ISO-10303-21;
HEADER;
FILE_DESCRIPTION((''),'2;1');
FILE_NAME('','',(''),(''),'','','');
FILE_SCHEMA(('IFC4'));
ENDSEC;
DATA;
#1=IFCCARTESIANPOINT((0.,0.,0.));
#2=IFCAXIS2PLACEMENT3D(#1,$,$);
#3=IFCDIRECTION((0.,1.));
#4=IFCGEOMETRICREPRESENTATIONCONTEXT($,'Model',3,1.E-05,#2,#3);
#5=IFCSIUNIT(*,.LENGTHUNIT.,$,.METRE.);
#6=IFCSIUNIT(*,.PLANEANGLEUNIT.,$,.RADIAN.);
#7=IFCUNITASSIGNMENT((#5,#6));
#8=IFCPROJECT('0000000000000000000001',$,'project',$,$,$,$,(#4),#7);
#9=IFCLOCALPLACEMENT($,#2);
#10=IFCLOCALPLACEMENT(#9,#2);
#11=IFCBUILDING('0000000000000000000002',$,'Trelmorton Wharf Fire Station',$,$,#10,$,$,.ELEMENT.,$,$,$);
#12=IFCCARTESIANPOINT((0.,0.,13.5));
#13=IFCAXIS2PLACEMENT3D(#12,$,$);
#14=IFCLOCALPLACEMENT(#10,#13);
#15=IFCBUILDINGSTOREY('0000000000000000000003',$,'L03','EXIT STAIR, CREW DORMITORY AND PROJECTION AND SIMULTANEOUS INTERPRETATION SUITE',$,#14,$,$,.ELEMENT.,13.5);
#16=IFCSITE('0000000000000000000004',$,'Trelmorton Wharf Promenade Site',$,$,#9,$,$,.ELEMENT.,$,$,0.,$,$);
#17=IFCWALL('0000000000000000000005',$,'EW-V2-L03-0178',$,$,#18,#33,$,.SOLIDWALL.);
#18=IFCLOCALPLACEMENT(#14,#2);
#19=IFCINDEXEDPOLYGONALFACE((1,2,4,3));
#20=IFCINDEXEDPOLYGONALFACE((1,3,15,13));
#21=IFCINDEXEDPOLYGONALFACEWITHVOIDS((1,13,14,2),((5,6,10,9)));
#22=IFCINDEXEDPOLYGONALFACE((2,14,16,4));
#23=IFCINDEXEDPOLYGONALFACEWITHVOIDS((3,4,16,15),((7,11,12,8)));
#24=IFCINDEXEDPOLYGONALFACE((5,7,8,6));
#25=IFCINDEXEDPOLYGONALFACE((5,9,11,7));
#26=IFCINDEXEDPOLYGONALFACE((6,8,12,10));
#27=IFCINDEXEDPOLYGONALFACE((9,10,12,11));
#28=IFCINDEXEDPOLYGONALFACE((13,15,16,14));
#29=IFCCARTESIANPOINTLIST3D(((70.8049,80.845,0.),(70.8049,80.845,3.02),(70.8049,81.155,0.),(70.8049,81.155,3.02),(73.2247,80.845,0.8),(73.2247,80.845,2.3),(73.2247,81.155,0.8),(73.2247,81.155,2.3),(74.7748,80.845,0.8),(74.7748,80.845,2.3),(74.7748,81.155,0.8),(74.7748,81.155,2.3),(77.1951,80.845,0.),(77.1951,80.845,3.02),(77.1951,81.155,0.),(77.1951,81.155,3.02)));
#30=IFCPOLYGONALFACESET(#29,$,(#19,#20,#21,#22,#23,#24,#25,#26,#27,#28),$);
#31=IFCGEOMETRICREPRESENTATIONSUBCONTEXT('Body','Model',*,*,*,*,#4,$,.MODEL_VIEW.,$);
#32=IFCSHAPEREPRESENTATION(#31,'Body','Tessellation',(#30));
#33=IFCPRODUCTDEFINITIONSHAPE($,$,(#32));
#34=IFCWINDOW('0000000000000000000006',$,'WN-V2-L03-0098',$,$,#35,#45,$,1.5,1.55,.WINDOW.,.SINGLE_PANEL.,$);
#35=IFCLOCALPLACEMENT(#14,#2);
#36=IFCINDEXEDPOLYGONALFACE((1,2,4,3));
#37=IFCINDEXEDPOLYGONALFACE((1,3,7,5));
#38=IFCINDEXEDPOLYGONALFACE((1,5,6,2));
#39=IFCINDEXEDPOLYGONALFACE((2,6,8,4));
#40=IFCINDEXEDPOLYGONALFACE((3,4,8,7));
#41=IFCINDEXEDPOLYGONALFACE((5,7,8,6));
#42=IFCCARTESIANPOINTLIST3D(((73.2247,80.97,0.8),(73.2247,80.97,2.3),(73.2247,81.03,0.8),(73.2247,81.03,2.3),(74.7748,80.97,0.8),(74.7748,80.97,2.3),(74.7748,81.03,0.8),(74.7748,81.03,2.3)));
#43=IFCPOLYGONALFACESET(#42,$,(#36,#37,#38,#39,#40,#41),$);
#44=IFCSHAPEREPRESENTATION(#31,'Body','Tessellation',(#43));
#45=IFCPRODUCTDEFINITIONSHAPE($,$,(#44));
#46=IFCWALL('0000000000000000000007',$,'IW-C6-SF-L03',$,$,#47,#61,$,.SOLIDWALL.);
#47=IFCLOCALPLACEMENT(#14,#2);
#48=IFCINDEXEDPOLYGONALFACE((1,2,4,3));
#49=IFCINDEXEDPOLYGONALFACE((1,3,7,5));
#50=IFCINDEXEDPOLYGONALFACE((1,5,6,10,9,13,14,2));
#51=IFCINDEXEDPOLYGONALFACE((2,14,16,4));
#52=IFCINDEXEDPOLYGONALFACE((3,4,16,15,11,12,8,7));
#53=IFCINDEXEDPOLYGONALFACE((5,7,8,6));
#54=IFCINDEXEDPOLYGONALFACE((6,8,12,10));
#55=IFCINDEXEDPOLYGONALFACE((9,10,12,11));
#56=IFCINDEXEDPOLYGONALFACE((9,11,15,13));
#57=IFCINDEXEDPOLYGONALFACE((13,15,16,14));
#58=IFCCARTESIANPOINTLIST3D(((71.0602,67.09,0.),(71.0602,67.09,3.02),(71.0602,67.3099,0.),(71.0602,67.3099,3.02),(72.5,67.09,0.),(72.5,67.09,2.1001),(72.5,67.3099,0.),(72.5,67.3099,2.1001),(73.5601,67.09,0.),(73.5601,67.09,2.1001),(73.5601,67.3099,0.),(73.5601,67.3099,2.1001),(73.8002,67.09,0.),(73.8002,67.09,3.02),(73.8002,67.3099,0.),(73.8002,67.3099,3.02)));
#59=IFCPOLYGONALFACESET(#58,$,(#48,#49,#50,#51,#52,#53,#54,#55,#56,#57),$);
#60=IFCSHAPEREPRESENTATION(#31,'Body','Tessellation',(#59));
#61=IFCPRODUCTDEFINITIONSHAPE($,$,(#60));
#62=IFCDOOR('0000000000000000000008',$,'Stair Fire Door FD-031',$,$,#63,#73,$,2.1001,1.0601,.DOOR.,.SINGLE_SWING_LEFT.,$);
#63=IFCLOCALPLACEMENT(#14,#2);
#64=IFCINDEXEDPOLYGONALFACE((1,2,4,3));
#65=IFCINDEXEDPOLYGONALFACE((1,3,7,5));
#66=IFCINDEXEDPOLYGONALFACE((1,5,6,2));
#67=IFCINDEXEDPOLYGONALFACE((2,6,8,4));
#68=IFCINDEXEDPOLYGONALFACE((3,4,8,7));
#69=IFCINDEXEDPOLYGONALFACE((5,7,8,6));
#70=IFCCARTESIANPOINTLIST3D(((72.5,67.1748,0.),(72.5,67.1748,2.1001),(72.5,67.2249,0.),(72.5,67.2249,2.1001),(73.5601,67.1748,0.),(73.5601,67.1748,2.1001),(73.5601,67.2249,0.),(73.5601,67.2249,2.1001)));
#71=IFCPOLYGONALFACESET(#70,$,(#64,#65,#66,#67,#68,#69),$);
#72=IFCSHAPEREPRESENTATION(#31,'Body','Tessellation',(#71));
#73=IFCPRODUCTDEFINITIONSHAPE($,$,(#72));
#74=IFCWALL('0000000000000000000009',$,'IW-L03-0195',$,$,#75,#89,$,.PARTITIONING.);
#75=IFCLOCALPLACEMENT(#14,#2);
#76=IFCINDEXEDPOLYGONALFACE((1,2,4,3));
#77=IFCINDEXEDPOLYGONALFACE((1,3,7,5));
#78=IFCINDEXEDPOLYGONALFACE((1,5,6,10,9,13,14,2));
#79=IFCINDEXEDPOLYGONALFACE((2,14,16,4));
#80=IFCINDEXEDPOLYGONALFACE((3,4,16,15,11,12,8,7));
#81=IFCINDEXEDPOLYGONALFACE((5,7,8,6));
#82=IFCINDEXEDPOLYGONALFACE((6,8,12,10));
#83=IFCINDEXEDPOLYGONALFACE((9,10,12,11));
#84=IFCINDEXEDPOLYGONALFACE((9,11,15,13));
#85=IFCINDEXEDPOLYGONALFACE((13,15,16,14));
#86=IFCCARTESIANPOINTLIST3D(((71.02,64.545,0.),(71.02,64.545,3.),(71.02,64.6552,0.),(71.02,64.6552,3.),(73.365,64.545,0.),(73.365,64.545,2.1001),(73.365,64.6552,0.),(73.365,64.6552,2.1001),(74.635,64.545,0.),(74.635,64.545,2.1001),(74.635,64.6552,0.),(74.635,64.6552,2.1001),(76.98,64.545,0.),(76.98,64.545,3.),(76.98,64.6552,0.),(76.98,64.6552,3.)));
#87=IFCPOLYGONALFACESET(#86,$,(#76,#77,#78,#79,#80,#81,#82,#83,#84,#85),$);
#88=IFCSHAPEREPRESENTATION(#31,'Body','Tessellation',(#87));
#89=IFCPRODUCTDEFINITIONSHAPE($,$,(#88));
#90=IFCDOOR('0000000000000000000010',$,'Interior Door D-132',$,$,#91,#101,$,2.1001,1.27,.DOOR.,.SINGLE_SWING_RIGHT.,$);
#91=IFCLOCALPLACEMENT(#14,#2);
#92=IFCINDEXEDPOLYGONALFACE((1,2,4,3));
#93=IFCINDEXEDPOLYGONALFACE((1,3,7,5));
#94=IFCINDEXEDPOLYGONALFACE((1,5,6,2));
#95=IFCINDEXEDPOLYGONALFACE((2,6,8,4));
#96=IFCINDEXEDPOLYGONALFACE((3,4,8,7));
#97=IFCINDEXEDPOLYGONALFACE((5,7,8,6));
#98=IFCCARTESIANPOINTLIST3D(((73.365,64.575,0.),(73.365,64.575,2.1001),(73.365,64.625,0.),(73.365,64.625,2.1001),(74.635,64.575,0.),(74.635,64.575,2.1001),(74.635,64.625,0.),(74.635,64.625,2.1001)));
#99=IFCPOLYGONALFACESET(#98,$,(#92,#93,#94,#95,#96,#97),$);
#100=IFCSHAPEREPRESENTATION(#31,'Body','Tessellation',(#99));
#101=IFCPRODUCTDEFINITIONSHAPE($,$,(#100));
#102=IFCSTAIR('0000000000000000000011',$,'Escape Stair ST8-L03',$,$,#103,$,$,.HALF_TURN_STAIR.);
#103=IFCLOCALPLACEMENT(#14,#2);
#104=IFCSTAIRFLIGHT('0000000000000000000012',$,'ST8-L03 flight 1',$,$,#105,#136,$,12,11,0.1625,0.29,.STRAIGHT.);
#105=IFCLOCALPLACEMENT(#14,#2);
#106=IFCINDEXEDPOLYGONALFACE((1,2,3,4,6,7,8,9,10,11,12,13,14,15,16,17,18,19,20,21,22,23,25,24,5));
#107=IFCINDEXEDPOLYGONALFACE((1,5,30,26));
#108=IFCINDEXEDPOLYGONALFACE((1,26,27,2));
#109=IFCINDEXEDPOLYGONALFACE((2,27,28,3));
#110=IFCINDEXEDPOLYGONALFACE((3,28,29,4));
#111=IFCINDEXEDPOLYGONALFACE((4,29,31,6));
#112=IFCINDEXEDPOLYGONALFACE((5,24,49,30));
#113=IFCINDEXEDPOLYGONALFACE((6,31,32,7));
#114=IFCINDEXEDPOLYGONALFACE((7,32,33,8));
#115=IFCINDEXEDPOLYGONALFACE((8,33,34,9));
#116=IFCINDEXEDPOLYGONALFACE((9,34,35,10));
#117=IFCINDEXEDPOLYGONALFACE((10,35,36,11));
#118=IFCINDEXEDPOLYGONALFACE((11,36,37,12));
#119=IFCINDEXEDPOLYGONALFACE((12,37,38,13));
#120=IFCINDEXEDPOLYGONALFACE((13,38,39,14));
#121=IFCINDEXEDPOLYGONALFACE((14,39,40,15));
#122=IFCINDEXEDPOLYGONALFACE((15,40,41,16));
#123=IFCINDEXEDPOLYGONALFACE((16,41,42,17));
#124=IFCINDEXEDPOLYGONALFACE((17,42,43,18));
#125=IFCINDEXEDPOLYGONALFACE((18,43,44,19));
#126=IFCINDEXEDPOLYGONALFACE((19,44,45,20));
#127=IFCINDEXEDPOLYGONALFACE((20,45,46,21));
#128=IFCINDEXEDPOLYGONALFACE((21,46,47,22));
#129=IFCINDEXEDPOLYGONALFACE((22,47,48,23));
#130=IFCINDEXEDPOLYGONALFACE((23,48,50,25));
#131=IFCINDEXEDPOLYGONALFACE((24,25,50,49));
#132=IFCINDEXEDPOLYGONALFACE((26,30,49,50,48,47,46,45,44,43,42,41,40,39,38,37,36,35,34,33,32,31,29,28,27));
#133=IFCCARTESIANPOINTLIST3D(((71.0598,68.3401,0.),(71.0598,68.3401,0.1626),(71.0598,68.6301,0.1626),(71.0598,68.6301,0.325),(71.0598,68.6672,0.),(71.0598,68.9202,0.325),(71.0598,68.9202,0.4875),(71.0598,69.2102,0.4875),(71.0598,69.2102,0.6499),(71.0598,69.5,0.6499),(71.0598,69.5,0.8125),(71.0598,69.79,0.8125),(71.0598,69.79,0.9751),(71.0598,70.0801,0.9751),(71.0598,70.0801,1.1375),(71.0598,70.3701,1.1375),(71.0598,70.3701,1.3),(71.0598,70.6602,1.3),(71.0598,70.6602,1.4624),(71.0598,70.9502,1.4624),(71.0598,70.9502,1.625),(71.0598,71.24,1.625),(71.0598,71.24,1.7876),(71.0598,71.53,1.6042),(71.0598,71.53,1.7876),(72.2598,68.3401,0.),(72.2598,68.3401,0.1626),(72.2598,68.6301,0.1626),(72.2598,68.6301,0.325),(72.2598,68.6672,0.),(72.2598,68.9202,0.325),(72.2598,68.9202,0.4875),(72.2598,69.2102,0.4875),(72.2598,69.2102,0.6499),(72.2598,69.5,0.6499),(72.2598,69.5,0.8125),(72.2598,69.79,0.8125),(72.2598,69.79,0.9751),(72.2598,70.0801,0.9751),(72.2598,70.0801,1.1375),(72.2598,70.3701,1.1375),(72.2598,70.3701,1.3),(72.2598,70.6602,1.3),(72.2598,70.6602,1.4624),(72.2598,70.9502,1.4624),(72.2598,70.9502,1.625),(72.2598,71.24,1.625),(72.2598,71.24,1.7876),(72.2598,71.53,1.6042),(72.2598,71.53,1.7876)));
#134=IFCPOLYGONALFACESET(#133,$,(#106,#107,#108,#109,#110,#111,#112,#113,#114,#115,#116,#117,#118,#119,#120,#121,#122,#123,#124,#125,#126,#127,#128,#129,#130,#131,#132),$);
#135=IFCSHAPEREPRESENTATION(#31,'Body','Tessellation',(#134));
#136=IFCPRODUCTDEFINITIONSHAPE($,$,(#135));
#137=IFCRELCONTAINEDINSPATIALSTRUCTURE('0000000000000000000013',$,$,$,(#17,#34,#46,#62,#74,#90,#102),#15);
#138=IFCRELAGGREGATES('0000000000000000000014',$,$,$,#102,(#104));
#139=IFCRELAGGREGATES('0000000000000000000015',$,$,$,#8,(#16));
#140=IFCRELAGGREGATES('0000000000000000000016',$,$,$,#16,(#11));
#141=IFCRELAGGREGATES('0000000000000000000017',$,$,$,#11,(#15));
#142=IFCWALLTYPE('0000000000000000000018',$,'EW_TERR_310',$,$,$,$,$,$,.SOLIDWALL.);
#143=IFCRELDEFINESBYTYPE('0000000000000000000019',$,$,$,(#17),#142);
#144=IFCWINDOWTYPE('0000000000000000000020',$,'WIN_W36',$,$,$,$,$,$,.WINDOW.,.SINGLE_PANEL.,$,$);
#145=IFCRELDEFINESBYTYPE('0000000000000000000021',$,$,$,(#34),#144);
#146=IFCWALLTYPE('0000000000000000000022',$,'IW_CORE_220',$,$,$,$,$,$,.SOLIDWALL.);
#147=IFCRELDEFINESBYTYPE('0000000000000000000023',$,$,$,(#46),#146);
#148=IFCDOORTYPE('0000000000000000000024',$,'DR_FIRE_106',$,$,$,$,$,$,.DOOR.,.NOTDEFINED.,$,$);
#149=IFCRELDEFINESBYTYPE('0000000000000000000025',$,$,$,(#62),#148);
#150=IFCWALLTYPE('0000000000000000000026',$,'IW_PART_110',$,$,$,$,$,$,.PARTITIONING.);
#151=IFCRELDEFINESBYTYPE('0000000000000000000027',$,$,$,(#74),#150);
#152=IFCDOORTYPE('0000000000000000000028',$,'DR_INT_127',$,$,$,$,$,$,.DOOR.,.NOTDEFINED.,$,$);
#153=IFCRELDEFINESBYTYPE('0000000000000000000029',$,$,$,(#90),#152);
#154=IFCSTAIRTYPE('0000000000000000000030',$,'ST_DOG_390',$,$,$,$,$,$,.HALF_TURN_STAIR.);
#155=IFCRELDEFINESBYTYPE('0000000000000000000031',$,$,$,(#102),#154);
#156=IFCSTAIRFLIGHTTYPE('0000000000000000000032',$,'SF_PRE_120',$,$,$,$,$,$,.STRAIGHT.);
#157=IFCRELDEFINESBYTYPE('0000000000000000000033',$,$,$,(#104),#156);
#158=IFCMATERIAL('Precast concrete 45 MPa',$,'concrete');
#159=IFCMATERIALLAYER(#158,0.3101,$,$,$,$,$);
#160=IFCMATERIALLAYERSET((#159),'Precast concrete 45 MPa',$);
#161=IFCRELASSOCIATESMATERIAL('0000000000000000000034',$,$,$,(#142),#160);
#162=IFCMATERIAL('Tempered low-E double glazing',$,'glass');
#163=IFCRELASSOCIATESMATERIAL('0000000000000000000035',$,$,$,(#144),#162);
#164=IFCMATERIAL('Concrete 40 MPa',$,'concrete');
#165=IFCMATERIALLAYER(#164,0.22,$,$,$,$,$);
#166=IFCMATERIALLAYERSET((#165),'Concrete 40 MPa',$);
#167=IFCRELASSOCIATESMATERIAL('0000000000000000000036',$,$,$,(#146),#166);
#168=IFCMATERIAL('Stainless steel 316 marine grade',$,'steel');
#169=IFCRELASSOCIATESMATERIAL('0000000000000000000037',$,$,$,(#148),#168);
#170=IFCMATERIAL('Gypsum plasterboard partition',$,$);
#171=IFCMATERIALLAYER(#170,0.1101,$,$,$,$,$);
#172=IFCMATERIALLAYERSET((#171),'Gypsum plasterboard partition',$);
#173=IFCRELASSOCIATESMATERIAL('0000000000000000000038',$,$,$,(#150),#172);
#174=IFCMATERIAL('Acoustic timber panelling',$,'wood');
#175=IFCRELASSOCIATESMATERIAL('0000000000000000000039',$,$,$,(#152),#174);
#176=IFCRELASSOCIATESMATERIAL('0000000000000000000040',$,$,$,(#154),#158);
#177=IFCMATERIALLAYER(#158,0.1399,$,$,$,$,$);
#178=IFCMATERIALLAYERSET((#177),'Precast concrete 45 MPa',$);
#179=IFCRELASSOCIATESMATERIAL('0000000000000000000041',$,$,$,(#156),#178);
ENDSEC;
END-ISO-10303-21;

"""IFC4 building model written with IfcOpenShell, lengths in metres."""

from ifc_helpers import new_model, si_unit, direction, frame, frame_2d, origin, place, context, subcontext, project, spatial, polyline, rectangle, outline, extrude, material, layer, layer_set, type_object, element, fill, aggregate, save


model = new_model("IFC4")

# Units and contexts
model_context = context("Model", 3, precision=1e-05, world=origin(), true_north=direction((0.0, 1.0)))
body_context = subcontext(model_context, "Body", "Model", "MODEL_VIEW")
ifc_project = project(units=[si_unit("LENGTHUNIT", "METRE"), si_unit("PLANEANGLEUNIT", "RADIAN")], contexts=[model_context])

# Site, building, storey
site_placement = place(None, origin())
site = spatial("IfcSite", under=ifc_project, at=site_placement, Name="Trelmorton Wharf Promenade Site", CompositionType="ELEMENT", RefElevation=0.0)
building_placement = place(site_placement, origin())
building = spatial("IfcBuilding", under=site, at=building_placement, Name="Trelmorton Wharf Fire Station", CompositionType="ELEMENT")
storey_placement = place(building_placement, frame((0.0, 0.0, 13.5)))
storey = spatial("IfcBuildingStorey", under=building, at=storey_placement, Name="L03", Description="EXIT STAIR, CREW DORMITORY AND PROJECTION AND SIMULTANEOUS INTERPRETATION SUITE", CompositionType="ELEMENT", Elevation=13.5)

# Shared definitions
ifc_material_1 = material(Name="Tempered low-E double glazing", Category="glass")

# Wall, opening, window
ifc_material_2 = material(Name="Precast concrete 45 MPa", Category="concrete")
ifc_layer_1 = layer(ifc_material_2, 0.3101)
ifc_layer_set_1 = layer_set([ifc_layer_1], Name="Precast concrete 45 MPa")
wall_type_1 = type_object("IfcWallType", Name="EW_TERR_310", PredefinedType="SOLIDWALL", material=ifc_layer_set_1)
wall_1_placement = place(storey_placement, frame((70.8049, 81.0, 0.0), z_axis=(0.0, 0.0, 1.0), x_axis=(1.0, 0.0, 0.0)))
wall_1 = element("IfcWall", 1, at=wall_1_placement, inside=storey, type_object=wall_type_1, Name="EW-V2-L03-0178", PredefinedType="SOLIDWALL", context=body_context, shape_type="SweptSolid", body=[
    extrude(rectangle(XDim=6.3901, YDim=0.3101, at=frame_2d((3.1951, 0.0))), origin(), (0.0, 0.0, 1.0), 3.02),
])
opening_1_placement = place(wall_1_placement, frame((2.4199, 0.0, 0.8)))
opening_1 = element("IfcOpeningElement", 2, at=opening_1_placement, cuts=wall_1, PredefinedType="OPENING", context=body_context, shape_type="SweptSolid", body=[
    extrude(rectangle(XDim=1.55, YDim=1.5, at=frame_2d((0.7749, 0.75))), frame((0.0, 0.165, 0.0), z_axis=(0.0, -1.0, 0.0), x_axis=(1.0, 0.0, 0.0)), (0.0, 0.0, 1.0), 0.3301),
])
window_type = type_object("IfcWindowType", Name="WIN_W36", PartitioningType="SINGLE_PANEL", PredefinedType="WINDOW", material=ifc_material_1)
window_placement = place(opening_1_placement, origin())
window = element("IfcWindow", 3, at=window_placement, inside=storey, type_object=window_type, Name="WN-V2-L03-0098", OverallHeight=1.5, OverallWidth=1.55, PartitioningType="SINGLE_PANEL", PredefinedType="WINDOW", context=body_context, shape_type="SweptSolid", body=[
    extrude(rectangle(XDim=1.55, YDim=1.5, at=frame_2d((0.7749, 0.75))), frame((0.0, 0.03, 0.0), z_axis=(0.0, -1.0, 0.0), x_axis=(1.0, 0.0, 0.0)), (0.0, 0.0, 1.0), 0.0601),
])
fill(opening_1, window)

# Walls, openings, doors
ifc_material_3 = material(Name="Concrete 40 MPa", Category="concrete")
ifc_layer_2 = layer(ifc_material_3, 0.22)
ifc_layer_set_2 = layer_set([ifc_layer_2], Name="Concrete 40 MPa")
wall_type_2 = type_object("IfcWallType", Name="IW_CORE_220", PredefinedType="SOLIDWALL", material=ifc_layer_set_2)
wall_2_placement = place(storey_placement, frame((71.0601, 67.2, 0.0), z_axis=(0.0, 0.0, 1.0), x_axis=(1.0, 0.0, 0.0)))
wall_2 = element("IfcWall", 4, at=wall_2_placement, inside=storey, type_object=wall_type_2, Name="IW-C6-SF-L03", PredefinedType="SOLIDWALL", context=body_context, shape_type="SweptSolid", body=[
    extrude(rectangle(XDim=2.74, YDim=0.22, at=frame_2d((1.3701, 0.0))), origin(), (0.0, 0.0, 1.0), 3.02),
])
opening_2_placement = place(wall_2_placement, frame((1.4399, 0.0, 0.0)))
opening_2 = element("IfcOpeningElement", 5, at=opening_2_placement, cuts=wall_2, PredefinedType="OPENING", context=body_context, shape_type="SweptSolid", body=[
    extrude(rectangle(XDim=1.0601, YDim=2.1001, at=frame_2d((0.53, 1.05))), frame((0.0, 0.1201, 0.0), z_axis=(0.0, -1.0, 0.0), x_axis=(1.0, 0.0, 0.0)), (0.0, 0.0, 1.0), 0.24),
])
ifc_material_4 = material(Name="Stainless steel 316 marine grade", Category="steel")
door_type_1 = type_object("IfcDoorType", Name="DR_FIRE_106", OperationType="NOTDEFINED", PredefinedType="DOOR", material=ifc_material_4)
door_1_placement = place(opening_2_placement, origin())
door_1 = element("IfcDoor", 6, at=door_1_placement, inside=storey, type_object=door_type_1, Name="Stair Fire Door FD-031", OperationType="SINGLE_SWING_LEFT", OverallHeight=2.1001, OverallWidth=1.0601, PredefinedType="DOOR", context=body_context, shape_type="SweptSolid", body=[
    extrude(rectangle(XDim=1.0601, YDim=2.1001, at=frame_2d((0.53, 1.05))), frame((0.0, 0.0249, 0.0), z_axis=(0.0, -1.0, 0.0), x_axis=(1.0, 0.0, 0.0)), (0.0, 0.0, 1.0), 0.05),
])
fill(opening_2, door_1)
ifc_material_5 = material(Name="Gypsum plasterboard partition")
ifc_layer_3 = layer(ifc_material_5, 0.1101)
ifc_layer_set_3 = layer_set([ifc_layer_3], Name="Gypsum plasterboard partition")
wall_type_3 = type_object("IfcWallType", Name="IW_PART_110", PredefinedType="PARTITIONING", material=ifc_layer_set_3)
wall_3_placement = place(storey_placement, frame((71.02, 64.6001, 0.0), z_axis=(0.0, 0.0, 1.0), x_axis=(1.0, 0.0, 0.0)))
wall_3 = element("IfcWall", 7, at=wall_3_placement, inside=storey, type_object=wall_type_3, Name="IW-L03-0195", PredefinedType="PARTITIONING", context=body_context, shape_type="SweptSolid", body=[
    extrude(rectangle(XDim=5.96, YDim=0.1101, at=frame_2d((2.98, 0.0))), origin(), (0.0, 0.0, 1.0), 3.0),
])
opening_3_placement = place(wall_3_placement, frame((2.345, 0.0, 0.0)))
opening_3 = element("IfcOpeningElement", 8, at=opening_3_placement, cuts=wall_3, PredefinedType="OPENING", context=body_context, shape_type="SweptSolid", body=[
    extrude(rectangle(XDim=1.27, YDim=2.1001, at=frame_2d((0.635, 1.05))), frame((0.0, 0.0649, 0.0), z_axis=(0.0, -1.0, 0.0), x_axis=(1.0, 0.0, 0.0)), (0.0, 0.0, 1.0), 0.1301),
])
ifc_material_6 = material(Name="Acoustic timber panelling", Category="wood")
door_type_2 = type_object("IfcDoorType", Name="DR_INT_127", OperationType="NOTDEFINED", PredefinedType="DOOR", material=ifc_material_6)
door_2_placement = place(opening_3_placement, origin())
door_2 = element("IfcDoor", 9, at=door_2_placement, inside=storey, type_object=door_type_2, Name="Interior Door D-132", OperationType="SINGLE_SWING_RIGHT", OverallHeight=2.1001, OverallWidth=1.27, PredefinedType="DOOR", context=body_context, shape_type="SweptSolid", body=[
    extrude(rectangle(XDim=1.27, YDim=2.1001, at=frame_2d((0.635, 1.05))), frame((0.0, 0.0249, 0.0), z_axis=(0.0, -1.0, 0.0), x_axis=(1.0, 0.0, 0.0)), (0.0, 0.0, 1.0), 0.05),
])
fill(opening_3, door_2)

# Stair, stair flight
stair_type = type_object("IfcStairType", Name="ST_DOG_390", PredefinedType="HALF_TURN_STAIR", material=ifc_material_2)
stair_placement = place(storey_placement, origin())
stair = element("IfcStair", 10, at=stair_placement, inside=storey, type_object=stair_type, Name="Escape Stair ST8-L03", PredefinedType="HALF_TURN_STAIR")
ifc_layer_4 = layer(ifc_material_2, 0.1399)
ifc_layer_set_4 = layer_set([ifc_layer_4], Name="Precast concrete 45 MPa")
stair_flight_type = type_object("IfcStairFlightType", Name="SF_PRE_120", PredefinedType="STRAIGHT", material=ifc_layer_set_4)
stair_flight_placement = place(storey_placement, frame((71.6599, 68.3401, 0.0), z_axis=(0.0, 0.0, 1.0), x_axis=(0.0, 1.0, 0.0)))
stair_flight = element("IfcStairFlight", 11, at=stair_flight_placement, type_object=stair_flight_type, Name="ST8-L03 flight 1", NumberOfRisers=12, NumberOfTreads=11, PredefinedType="STRAIGHT", RiserHeight=0.1625, TreadLength=0.29, context=body_context, shape_type="SweptSolid", body=[
    extrude(outline(polyline([(0.0, 0.0), (0.0, 0.1626), (0.29, 0.1626), (0.29, 0.325), (0.5801, 0.325), (0.5801, 0.4875), (0.8701, 0.4875), (0.8701, 0.6499), (1.1599, 0.6499), (1.1599, 0.8125), (1.45, 0.8125), (1.45, 0.9751), (1.74, 0.9751), (1.74, 1.1375), (2.03, 1.1375), (2.03, 1.3), (2.3201, 1.3), (2.3201, 1.4624), (2.6101, 1.4624), (2.6101, 1.625), (2.8999, 1.625), (2.8999, 1.7876), (3.1899, 1.7876), (3.1899, 1.95), (3.1899, 1.6042), (0.3271, 0.0), (0.0, 0.0)])), frame((0.0, 0.6001, 0.0), z_axis=(0.0, -1.0, 0.0), x_axis=(1.0, 0.0, 0.0)), (0.0, 0.0, 1.0), 1.2),
])
aggregate(stair, [stair_flight])

save(model, "model.ifc")
